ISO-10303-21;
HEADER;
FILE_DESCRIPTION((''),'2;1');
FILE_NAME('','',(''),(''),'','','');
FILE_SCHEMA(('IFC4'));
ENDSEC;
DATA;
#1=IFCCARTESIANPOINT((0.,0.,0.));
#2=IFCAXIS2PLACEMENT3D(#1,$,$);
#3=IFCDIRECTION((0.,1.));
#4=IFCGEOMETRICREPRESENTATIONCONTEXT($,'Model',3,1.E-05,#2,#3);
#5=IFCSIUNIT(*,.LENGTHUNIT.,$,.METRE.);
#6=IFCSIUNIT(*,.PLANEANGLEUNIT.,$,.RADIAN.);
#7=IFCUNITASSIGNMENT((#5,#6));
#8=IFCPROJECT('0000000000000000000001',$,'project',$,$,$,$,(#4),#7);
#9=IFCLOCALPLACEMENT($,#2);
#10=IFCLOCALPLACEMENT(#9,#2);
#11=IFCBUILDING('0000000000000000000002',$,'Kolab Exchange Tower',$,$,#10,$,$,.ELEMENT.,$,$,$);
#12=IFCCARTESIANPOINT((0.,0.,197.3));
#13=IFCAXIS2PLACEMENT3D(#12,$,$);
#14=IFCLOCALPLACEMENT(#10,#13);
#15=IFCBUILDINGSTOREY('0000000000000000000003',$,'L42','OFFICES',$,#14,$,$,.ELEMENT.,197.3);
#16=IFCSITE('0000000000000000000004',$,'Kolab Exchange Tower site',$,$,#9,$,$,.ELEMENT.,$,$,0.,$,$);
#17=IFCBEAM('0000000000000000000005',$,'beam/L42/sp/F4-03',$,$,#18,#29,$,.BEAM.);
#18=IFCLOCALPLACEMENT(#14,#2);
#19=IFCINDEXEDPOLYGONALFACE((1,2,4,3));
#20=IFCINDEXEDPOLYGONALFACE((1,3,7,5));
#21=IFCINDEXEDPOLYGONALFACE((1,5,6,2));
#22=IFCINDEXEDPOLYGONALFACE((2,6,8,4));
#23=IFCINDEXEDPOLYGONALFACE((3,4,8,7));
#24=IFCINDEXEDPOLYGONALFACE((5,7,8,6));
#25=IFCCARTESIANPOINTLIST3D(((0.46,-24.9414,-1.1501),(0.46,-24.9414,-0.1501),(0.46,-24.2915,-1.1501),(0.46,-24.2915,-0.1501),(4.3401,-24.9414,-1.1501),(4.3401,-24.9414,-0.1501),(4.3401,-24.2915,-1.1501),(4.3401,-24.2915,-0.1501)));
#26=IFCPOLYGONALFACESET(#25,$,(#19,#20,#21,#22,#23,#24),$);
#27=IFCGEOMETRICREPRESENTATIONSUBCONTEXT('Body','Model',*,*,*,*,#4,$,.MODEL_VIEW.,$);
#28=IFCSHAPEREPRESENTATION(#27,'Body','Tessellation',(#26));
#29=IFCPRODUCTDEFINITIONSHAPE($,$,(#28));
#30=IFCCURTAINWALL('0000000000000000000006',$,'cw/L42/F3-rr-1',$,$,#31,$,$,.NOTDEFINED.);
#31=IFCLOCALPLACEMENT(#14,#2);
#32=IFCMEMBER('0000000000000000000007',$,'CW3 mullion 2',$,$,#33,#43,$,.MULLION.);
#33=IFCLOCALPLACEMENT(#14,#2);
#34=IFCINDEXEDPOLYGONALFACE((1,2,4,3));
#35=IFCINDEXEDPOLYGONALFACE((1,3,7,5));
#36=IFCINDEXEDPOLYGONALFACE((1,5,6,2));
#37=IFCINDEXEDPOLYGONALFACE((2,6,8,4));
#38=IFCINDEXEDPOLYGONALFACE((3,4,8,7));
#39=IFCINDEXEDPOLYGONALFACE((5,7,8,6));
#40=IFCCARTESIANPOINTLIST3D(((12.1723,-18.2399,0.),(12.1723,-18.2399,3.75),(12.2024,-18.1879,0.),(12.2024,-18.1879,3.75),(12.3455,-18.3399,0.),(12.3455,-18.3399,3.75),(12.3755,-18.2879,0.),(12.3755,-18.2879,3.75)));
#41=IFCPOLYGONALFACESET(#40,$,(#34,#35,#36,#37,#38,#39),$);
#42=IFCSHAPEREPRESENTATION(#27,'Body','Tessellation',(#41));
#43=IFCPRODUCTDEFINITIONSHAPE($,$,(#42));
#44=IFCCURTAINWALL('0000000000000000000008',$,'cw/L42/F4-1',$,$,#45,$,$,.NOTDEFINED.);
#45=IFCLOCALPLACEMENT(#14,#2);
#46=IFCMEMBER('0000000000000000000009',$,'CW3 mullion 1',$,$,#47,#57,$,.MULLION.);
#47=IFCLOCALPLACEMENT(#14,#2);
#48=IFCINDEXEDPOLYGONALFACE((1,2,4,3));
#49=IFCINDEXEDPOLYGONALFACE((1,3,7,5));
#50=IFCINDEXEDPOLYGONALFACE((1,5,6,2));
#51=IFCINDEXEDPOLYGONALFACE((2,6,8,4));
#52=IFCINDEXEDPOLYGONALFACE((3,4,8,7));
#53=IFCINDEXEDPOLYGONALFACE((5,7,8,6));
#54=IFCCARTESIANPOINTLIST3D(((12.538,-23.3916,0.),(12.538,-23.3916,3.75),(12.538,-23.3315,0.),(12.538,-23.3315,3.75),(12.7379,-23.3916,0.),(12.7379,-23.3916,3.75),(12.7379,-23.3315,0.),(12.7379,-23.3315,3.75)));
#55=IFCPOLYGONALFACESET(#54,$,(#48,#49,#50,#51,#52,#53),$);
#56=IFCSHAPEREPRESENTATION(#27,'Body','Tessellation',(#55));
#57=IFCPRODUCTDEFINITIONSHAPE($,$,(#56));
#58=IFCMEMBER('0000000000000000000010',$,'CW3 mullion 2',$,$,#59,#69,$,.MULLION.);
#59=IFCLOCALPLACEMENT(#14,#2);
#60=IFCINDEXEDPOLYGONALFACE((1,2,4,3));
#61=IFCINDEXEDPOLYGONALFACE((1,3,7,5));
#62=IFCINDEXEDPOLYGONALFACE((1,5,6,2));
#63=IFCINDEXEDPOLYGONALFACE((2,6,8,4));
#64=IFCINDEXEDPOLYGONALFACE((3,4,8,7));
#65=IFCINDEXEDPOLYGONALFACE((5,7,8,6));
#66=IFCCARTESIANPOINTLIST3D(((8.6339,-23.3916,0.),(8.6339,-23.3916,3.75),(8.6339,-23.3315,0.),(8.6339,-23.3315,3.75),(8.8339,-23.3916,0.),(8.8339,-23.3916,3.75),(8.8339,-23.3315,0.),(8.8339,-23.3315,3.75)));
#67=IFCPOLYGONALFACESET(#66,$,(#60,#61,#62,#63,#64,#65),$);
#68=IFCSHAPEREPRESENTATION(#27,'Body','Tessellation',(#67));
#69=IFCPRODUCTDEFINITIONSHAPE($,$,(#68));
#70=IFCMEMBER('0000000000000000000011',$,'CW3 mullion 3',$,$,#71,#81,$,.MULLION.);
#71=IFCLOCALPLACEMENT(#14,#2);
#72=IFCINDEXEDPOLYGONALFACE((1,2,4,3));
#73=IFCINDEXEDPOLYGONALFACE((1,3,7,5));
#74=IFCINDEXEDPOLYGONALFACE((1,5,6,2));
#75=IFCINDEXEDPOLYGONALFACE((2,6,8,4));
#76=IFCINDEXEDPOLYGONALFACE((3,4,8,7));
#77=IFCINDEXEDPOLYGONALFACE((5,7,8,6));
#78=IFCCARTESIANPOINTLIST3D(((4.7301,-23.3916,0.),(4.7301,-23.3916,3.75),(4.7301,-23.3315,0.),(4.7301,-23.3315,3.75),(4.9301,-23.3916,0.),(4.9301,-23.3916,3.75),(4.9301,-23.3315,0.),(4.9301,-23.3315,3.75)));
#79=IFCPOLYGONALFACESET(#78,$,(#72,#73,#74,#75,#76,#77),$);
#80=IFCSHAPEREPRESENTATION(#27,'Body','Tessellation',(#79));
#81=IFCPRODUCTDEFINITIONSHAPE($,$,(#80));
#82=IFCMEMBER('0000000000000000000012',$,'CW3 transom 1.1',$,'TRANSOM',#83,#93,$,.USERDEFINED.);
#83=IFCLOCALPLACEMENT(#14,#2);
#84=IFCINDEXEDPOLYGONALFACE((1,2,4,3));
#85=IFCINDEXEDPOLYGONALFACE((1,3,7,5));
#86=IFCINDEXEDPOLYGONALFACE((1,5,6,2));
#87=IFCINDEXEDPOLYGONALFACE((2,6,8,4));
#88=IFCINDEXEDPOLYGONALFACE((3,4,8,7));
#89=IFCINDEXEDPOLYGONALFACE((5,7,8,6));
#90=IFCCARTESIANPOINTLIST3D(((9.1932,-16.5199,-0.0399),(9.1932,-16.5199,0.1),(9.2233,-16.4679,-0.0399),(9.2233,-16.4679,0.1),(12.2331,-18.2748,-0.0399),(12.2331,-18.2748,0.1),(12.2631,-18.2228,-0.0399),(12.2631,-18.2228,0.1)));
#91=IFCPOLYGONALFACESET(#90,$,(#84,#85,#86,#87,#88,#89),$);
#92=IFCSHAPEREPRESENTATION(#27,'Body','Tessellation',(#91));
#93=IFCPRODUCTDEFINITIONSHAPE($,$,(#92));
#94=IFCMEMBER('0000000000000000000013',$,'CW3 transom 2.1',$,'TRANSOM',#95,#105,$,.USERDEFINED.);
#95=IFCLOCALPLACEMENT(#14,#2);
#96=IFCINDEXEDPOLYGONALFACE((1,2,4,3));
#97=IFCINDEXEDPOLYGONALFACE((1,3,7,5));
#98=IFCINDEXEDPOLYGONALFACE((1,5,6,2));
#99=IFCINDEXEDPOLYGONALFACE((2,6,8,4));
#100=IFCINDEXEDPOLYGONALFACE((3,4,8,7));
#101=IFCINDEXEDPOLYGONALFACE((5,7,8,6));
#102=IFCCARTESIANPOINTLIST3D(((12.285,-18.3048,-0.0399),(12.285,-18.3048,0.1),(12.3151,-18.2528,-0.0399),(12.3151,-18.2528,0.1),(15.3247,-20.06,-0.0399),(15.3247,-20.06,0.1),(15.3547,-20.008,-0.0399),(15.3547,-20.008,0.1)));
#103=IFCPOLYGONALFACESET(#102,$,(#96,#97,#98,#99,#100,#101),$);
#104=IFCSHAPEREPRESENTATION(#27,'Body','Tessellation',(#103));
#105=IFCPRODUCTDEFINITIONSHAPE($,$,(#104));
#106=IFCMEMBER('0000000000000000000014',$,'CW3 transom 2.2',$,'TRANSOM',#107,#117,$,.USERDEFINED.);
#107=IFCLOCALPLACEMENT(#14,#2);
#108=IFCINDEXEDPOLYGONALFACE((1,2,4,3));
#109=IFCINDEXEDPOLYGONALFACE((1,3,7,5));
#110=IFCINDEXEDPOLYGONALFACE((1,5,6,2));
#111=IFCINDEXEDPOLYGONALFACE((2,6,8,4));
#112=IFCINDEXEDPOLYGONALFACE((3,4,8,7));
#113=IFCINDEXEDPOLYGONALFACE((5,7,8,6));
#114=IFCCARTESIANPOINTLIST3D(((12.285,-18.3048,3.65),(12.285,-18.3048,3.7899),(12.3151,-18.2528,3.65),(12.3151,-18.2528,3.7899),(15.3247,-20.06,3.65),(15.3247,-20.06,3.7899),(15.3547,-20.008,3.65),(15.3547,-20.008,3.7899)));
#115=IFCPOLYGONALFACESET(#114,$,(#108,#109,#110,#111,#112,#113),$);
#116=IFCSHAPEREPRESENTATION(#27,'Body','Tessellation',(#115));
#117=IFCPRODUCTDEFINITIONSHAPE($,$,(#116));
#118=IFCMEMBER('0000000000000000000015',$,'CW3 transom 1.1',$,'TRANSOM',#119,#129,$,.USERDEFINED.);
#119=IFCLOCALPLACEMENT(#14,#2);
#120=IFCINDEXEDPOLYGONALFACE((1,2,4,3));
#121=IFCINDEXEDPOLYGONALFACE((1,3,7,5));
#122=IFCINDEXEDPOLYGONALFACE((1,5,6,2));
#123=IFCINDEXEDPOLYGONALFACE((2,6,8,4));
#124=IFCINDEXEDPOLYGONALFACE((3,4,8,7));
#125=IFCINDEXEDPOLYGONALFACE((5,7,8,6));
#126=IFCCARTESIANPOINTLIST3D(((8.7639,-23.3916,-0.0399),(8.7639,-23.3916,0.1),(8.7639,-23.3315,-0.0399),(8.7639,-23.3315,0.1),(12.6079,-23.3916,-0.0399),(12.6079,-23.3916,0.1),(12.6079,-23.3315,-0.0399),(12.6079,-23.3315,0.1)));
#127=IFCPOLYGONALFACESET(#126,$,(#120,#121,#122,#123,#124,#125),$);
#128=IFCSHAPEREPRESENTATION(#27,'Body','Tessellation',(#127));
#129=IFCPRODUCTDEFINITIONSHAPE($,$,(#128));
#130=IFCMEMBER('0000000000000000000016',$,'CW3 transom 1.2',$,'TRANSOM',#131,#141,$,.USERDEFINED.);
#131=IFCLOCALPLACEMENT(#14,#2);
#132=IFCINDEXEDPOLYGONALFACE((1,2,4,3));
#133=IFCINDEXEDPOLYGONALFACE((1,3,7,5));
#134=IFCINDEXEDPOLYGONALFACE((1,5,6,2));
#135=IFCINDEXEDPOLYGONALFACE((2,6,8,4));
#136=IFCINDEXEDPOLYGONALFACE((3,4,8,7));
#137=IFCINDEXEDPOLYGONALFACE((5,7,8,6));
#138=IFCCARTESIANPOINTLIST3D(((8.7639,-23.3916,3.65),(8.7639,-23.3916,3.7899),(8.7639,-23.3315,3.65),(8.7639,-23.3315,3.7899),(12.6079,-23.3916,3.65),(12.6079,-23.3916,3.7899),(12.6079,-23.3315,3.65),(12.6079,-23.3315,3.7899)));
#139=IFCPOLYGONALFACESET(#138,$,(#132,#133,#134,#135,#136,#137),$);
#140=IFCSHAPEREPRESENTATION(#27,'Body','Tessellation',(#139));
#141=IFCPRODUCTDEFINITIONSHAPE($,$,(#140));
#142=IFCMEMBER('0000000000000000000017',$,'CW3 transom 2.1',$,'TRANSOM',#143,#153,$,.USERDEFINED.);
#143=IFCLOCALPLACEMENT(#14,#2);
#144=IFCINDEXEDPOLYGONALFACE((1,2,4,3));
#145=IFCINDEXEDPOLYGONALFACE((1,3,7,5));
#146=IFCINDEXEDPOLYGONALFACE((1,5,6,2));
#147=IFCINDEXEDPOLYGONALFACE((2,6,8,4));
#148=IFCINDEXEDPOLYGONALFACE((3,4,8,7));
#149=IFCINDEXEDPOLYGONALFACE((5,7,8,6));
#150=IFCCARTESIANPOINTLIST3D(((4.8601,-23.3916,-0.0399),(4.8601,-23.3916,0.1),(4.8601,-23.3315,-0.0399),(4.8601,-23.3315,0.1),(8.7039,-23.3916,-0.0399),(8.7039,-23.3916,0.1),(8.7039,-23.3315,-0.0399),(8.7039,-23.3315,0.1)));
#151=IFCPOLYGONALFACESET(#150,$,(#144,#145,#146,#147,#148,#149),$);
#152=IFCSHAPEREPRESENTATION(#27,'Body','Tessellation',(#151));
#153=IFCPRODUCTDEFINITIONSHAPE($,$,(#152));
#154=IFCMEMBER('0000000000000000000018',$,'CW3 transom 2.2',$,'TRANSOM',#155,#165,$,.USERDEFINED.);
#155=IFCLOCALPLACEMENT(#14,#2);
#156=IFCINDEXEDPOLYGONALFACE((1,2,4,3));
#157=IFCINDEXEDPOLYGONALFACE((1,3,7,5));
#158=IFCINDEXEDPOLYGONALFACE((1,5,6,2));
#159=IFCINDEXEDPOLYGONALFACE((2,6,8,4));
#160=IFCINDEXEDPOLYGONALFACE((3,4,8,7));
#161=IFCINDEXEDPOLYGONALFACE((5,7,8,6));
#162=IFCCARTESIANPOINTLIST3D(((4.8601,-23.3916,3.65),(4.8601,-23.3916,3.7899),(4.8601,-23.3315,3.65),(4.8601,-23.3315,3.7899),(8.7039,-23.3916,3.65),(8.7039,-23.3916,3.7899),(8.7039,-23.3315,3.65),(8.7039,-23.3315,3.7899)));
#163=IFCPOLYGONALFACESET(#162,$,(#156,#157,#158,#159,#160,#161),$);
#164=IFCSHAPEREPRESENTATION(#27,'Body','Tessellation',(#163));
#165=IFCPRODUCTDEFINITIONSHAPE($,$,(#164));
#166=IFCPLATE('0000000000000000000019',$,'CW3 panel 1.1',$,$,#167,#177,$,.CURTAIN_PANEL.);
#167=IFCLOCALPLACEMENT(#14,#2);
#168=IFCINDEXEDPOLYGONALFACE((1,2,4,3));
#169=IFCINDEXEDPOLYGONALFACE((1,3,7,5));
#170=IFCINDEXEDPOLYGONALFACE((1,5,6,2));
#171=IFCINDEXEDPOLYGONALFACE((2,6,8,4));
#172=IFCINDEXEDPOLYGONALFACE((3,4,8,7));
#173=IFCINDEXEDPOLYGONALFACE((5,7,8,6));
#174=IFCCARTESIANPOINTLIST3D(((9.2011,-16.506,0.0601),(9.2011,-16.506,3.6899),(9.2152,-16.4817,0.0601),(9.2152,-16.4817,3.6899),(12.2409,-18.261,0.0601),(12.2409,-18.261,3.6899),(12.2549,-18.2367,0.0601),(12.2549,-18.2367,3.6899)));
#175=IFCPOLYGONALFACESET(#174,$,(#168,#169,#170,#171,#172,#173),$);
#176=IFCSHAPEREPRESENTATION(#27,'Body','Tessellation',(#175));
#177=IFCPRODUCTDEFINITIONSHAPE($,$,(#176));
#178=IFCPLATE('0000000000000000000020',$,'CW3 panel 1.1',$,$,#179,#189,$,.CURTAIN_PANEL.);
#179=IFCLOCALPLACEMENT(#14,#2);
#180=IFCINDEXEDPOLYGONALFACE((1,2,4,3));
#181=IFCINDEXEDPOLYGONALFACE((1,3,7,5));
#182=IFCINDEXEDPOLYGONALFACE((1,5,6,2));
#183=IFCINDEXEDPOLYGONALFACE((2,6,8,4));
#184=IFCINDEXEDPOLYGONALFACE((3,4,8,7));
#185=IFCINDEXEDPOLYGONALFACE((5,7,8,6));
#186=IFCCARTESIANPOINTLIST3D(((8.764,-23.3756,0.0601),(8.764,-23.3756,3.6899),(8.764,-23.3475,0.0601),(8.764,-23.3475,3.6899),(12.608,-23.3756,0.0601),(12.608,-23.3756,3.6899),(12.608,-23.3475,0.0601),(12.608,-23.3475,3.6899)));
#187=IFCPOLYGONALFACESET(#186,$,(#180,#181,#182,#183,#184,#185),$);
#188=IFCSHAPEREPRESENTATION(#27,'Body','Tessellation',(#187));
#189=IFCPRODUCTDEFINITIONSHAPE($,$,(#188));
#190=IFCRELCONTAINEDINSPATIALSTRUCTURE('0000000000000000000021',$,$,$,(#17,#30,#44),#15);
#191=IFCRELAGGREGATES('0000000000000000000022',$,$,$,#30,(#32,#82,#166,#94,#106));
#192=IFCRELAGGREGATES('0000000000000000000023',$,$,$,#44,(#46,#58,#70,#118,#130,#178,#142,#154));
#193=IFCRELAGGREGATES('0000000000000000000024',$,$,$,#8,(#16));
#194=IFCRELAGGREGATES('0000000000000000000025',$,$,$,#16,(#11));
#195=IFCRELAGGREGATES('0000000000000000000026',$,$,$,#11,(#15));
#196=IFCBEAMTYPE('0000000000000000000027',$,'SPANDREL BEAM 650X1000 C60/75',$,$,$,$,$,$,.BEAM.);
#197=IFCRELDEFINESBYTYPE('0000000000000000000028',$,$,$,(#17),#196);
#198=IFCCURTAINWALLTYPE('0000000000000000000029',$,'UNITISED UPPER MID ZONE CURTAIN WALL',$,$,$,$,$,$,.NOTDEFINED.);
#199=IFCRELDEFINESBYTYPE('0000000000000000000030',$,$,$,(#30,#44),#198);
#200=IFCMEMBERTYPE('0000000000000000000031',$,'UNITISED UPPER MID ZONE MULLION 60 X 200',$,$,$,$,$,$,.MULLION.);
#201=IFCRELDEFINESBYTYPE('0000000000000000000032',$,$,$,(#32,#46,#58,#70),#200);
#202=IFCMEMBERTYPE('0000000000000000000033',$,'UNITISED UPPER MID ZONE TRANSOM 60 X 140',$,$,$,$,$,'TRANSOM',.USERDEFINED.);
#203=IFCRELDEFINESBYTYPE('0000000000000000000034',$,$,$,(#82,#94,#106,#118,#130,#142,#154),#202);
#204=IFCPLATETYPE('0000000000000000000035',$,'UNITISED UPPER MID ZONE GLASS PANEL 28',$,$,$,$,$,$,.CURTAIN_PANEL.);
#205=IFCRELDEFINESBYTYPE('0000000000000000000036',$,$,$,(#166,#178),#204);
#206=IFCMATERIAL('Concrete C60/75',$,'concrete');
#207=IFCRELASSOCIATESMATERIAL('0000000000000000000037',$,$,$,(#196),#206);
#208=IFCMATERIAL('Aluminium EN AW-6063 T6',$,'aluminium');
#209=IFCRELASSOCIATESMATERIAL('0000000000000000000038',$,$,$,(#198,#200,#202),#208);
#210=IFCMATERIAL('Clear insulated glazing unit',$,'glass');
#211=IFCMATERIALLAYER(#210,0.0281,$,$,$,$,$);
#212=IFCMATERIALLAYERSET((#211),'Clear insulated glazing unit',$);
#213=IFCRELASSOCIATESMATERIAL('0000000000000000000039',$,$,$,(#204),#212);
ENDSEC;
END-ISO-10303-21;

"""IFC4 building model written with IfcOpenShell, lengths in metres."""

from ifc_helpers import new_model, si_unit, direction, frame, origin, origin_2d, place, context, subcontext, project, spatial, rectangle, extrude, material, layer, layer_set, material_profile, profile_set, type_object, element, aggregate, save


model = new_model("IFC4")

# Units and contexts
model_context = context("Model", 3, precision=1e-05, world=origin(), true_north=direction((0.0, 1.0)))
body_context = subcontext(model_context, "Body", "Model", "MODEL_VIEW")
ifc_project = project(units=[si_unit("LENGTHUNIT", "METRE"), si_unit("PLANEANGLEUNIT", "RADIAN")], contexts=[model_context])

# Site, building, storey
site_placement = place(None, origin())
site = spatial("IfcSite", under=ifc_project, at=site_placement, Name="Kolab Exchange Tower site", CompositionType="ELEMENT", RefElevation=0.0)
building_placement = place(site_placement, origin())
building = spatial("IfcBuilding", under=site, at=building_placement, Name="Kolab Exchange Tower", CompositionType="ELEMENT")
storey_placement = place(building_placement, frame((0.0, 0.0, 197.3)))
storey = spatial("IfcBuildingStorey", under=building, at=storey_placement, Name="L42", Description="OFFICES", CompositionType="ELEMENT", Elevation=197.3)

# Shared definitions
ifc_material_1 = material(Name="Concrete C60/75", Category="concrete")

# Beam
ifc_material_profile_1 = material_profile(ifc_material_1, rectangle(XDim=0.6499, YDim=1.0, at=origin_2d()), Name="RC650X1000")
ifc_profile_set_1 = profile_set([ifc_material_profile_1], Name="Concrete C60/75")
beam_type_1 = type_object("IfcBeamType", Name="SPANDREL BEAM 650X1000 C60/75", PredefinedType="BEAM", material=ifc_profile_set_1)
beam_1_placement = place(storey_placement, frame((4.3401, -24.6165, -0.6501), z_axis=(-1.0, 0.0, 0.0), x_axis=(0.0, -1.0, 0.0)))
element("IfcBeam", 1, at=beam_1_placement, inside=storey, type_object=beam_type_1, Name="beam/L42/sp/F4-03", PredefinedType="BEAM", context=body_context, shape_type="SweptSolid", body=[
    extrude(rectangle(XDim=0.6499, YDim=1.0, at=origin_2d()), origin(), (0.0, 0.0, 1.0), 3.8801),
])

# Curtain wall, member
ifc_material_2 = material(Name="Aluminium EN AW-6063 T6", Category="aluminium")
curtain_wall_type = type_object("IfcCurtainWallType", Name="UNITISED UPPER MID ZONE CURTAIN WALL", PredefinedType="NOTDEFINED", material=ifc_material_2)
curtain_wall_1_placement = place(storey_placement, origin())
curtain_wall_1 = element("IfcCurtainWall", 2, at=curtain_wall_1_placement, inside=storey, type_object=curtain_wall_type, Name="cw/L42/F3-rr-1", PredefinedType="NOTDEFINED")
ifc_material_profile_2 = material_profile(ifc_material_2, rectangle(XDim=0.0601, YDim=0.2, at=origin_2d()), Name="RECT 60X200")
ifc_profile_set_2 = profile_set([ifc_material_profile_2], Name="Aluminium EN AW-6063 T6")
member_type_1 = type_object("IfcMemberType", Name="UNITISED UPPER MID ZONE MULLION 60 X 200", PredefinedType="MULLION", material=ifc_profile_set_2)
member_1_placement = place(storey_placement, frame((12.2739, -18.2639, 0.0), z_axis=(0.0, 0.0, 1.0), x_axis=(0.5, 0.866025, 0.0)))
member_1 = element("IfcMember", 3, at=member_1_placement, type_object=member_type_1, Name="CW3 mullion 2", PredefinedType="MULLION", context=body_context, shape_type="SweptSolid", body=[
    extrude(rectangle(XDim=0.0601, YDim=0.2, at=origin_2d()), origin(), (0.0, 0.0, 1.0), 3.75),
])

# Curtain wall, members
curtain_wall_2_placement = place(storey_placement, origin())
curtain_wall_2 = element("IfcCurtainWall", 4, at=curtain_wall_2_placement, inside=storey, type_object=curtain_wall_type, Name="cw/L42/F4-1", PredefinedType="NOTDEFINED")
member_2_placement = place(storey_placement, frame((12.6379, -23.3616, 0.0), z_axis=(0.0, 0.0, 1.0), x_axis=(0.0, -1.0, 0.0)))
member_2 = element("IfcMember", 5, at=member_2_placement, type_object=member_type_1, Name="CW3 mullion 1", PredefinedType="MULLION", context=body_context, shape_type="SweptSolid", body=[
    extrude(rectangle(XDim=0.0601, YDim=0.2, at=origin_2d()), origin(), (0.0, 0.0, 1.0), 3.75),
])
member_3_placement = place(storey_placement, frame((8.7339, -23.3616, 0.0), z_axis=(0.0, 0.0, 1.0), x_axis=(0.0, -1.0, 0.0)))
member_3 = element("IfcMember", 6, at=member_3_placement, type_object=member_type_1, Name="CW3 mullion 2", PredefinedType="MULLION", context=body_context, shape_type="SweptSolid", body=[
    extrude(rectangle(XDim=0.0601, YDim=0.2, at=origin_2d()), origin(), (0.0, 0.0, 1.0), 3.75),
])
member_4_placement = place(storey_placement, frame((4.8301, -23.3616, 0.0), z_axis=(0.0, 0.0, 1.0), x_axis=(0.0, -1.0, 0.0)))
member_4 = element("IfcMember", 7, at=member_4_placement, type_object=member_type_1, Name="CW3 mullion 3", PredefinedType="MULLION", context=body_context, shape_type="SweptSolid", body=[
    extrude(rectangle(XDim=0.0601, YDim=0.2, at=origin_2d()), origin(), (0.0, 0.0, 1.0), 3.75),
])

# Members
ifc_material_profile_3 = material_profile(ifc_material_2, rectangle(XDim=0.0601, YDim=0.1399, at=origin_2d()), Name="RECT 60X140")
ifc_profile_set_3 = profile_set([ifc_material_profile_3], Name="Aluminium EN AW-6063 T6")
member_type_2 = type_object("IfcMemberType", Name="UNITISED UPPER MID ZONE TRANSOM 60 X 140", ElementType="TRANSOM", PredefinedType="USERDEFINED", material=ifc_profile_set_3)
member_5_placement = place(storey_placement, frame((9.2083, -16.4939, 0.03), z_axis=(0.866043, -0.499969, 0.0), x_axis=(0.499969, 0.866043, 0.0)))
member_5 = element("IfcMember", 8, at=member_5_placement, type_object=member_type_2, Name="CW3 transom 1.1", ObjectType="TRANSOM", PredefinedType="USERDEFINED", context=body_context, shape_type="SweptSolid", body=[
    extrude(rectangle(XDim=0.0601, YDim=0.1399, at=origin_2d()), origin(), (0.0, 0.0, 1.0), 3.51),
])
member_6_placement = place(storey_placement, frame((12.3, -18.2788, 0.03), z_axis=(0.865996, -0.500052, 0.0), x_axis=(0.500052, 0.865996, 0.0)))
member_6 = element("IfcMember", 9, at=member_6_placement, type_object=member_type_2, Name="CW3 transom 2.1", ObjectType="TRANSOM", PredefinedType="USERDEFINED", context=body_context, shape_type="SweptSolid", body=[
    extrude(rectangle(XDim=0.0601, YDim=0.1399, at=origin_2d()), origin(), (0.0, 0.0, 1.0), 3.51),
])
member_7_placement = place(storey_placement, frame((12.3, -18.2788, 3.72), z_axis=(0.865996, -0.500052, 0.0), x_axis=(0.500052, 0.865996, 0.0)))
member_7 = element("IfcMember", 10, at=member_7_placement, type_object=member_type_2, Name="CW3 transom 2.2", ObjectType="TRANSOM", PredefinedType="USERDEFINED", context=body_context, shape_type="SweptSolid", body=[
    extrude(rectangle(XDim=0.0601, YDim=0.1399, at=origin_2d()), origin(), (0.0, 0.0, 1.0), 3.51),
])
member_8_placement = place(storey_placement, frame((12.6079, -23.3616, 0.03), z_axis=(-1.0, 0.0, 0.0), x_axis=(0.0, -1.0, 0.0)))
member_8 = element("IfcMember", 11, at=member_8_placement, type_object=member_type_2, Name="CW3 transom 1.1", ObjectType="TRANSOM", PredefinedType="USERDEFINED", context=body_context, shape_type="SweptSolid", body=[
    extrude(rectangle(XDim=0.0601, YDim=0.1399, at=origin_2d()), origin(), (0.0, 0.0, 1.0), 3.844),
])
member_9_placement = place(storey_placement, frame((12.6079, -23.3616, 3.72), z_axis=(-1.0, 0.0, 0.0), x_axis=(0.0, -1.0, 0.0)))
member_9 = element("IfcMember", 12, at=member_9_placement, type_object=member_type_2, Name="CW3 transom 1.2", ObjectType="TRANSOM", PredefinedType="USERDEFINED", context=body_context, shape_type="SweptSolid", body=[
    extrude(rectangle(XDim=0.0601, YDim=0.1399, at=origin_2d()), origin(), (0.0, 0.0, 1.0), 3.844),
])
member_10_placement = place(storey_placement, frame((8.7039, -23.3616, 0.03), z_axis=(-1.0, 0.0, 0.0), x_axis=(0.0, -1.0, 0.0)))
member_10 = element("IfcMember", 13, at=member_10_placement, type_object=member_type_2, Name="CW3 transom 2.1", ObjectType="TRANSOM", PredefinedType="USERDEFINED", context=body_context, shape_type="SweptSolid", body=[
    extrude(rectangle(XDim=0.0601, YDim=0.1399, at=origin_2d()), origin(), (0.0, 0.0, 1.0), 3.8438),
])
member_11_placement = place(storey_placement, frame((8.7039, -23.3616, 3.72), z_axis=(-1.0, 0.0, 0.0), x_axis=(0.0, -1.0, 0.0)))
member_11 = element("IfcMember", 14, at=member_11_placement, type_object=member_type_2, Name="CW3 transom 2.2", ObjectType="TRANSOM", PredefinedType="USERDEFINED", context=body_context, shape_type="SweptSolid", body=[
    extrude(rectangle(XDim=0.0601, YDim=0.1399, at=origin_2d()), origin(), (0.0, 0.0, 1.0), 3.8438),
])

# Plates
ifc_material_3 = material(Name="Clear insulated glazing unit", Category="glass")
ifc_layer_1 = layer(ifc_material_3, 0.0281)
ifc_layer_set_1 = layer_set([ifc_layer_1], Name="Clear insulated glazing unit")
plate_type = type_object("IfcPlateType", Name="UNITISED UPPER MID ZONE GLASS PANEL 28", PredefinedType="CURTAIN_PANEL", material=ifc_layer_set_1)
plate_1_placement = place(storey_placement, frame((10.728, -17.3713, 0.0601), z_axis=(0.0, 0.0, 1.0), x_axis=(0.866025, -0.5, 0.0)))
plate_1 = element("IfcPlate", 15, at=plate_1_placement, type_object=plate_type, Name="CW3 panel 1.1", PredefinedType="CURTAIN_PANEL", context=body_context, shape_type="SweptSolid", body=[
    extrude(rectangle(XDim=3.51, YDim=0.0281, at=origin_2d()), origin(), (0.0, 0.0, 1.0), 3.6299),
])
aggregate(curtain_wall_1, [member_1, member_5, plate_1, member_6, member_7])
plate_2_placement = place(storey_placement, frame((10.686, -23.3616, 0.0601), z_axis=(0.0, 0.0, 1.0), x_axis=(-1.0, 0.0, 0.0)))
plate_2 = element("IfcPlate", 16, at=plate_2_placement, type_object=plate_type, Name="CW3 panel 1.1", PredefinedType="CURTAIN_PANEL", context=body_context, shape_type="SweptSolid", body=[
    extrude(rectangle(XDim=3.844, YDim=0.0281, at=origin_2d()), origin(), (0.0, 0.0, 1.0), 3.6299),
])
aggregate(curtain_wall_2, [member_2, member_3, member_4, member_8, member_9, plate_2, member_10, member_11])

save(model, "model.ifc")
